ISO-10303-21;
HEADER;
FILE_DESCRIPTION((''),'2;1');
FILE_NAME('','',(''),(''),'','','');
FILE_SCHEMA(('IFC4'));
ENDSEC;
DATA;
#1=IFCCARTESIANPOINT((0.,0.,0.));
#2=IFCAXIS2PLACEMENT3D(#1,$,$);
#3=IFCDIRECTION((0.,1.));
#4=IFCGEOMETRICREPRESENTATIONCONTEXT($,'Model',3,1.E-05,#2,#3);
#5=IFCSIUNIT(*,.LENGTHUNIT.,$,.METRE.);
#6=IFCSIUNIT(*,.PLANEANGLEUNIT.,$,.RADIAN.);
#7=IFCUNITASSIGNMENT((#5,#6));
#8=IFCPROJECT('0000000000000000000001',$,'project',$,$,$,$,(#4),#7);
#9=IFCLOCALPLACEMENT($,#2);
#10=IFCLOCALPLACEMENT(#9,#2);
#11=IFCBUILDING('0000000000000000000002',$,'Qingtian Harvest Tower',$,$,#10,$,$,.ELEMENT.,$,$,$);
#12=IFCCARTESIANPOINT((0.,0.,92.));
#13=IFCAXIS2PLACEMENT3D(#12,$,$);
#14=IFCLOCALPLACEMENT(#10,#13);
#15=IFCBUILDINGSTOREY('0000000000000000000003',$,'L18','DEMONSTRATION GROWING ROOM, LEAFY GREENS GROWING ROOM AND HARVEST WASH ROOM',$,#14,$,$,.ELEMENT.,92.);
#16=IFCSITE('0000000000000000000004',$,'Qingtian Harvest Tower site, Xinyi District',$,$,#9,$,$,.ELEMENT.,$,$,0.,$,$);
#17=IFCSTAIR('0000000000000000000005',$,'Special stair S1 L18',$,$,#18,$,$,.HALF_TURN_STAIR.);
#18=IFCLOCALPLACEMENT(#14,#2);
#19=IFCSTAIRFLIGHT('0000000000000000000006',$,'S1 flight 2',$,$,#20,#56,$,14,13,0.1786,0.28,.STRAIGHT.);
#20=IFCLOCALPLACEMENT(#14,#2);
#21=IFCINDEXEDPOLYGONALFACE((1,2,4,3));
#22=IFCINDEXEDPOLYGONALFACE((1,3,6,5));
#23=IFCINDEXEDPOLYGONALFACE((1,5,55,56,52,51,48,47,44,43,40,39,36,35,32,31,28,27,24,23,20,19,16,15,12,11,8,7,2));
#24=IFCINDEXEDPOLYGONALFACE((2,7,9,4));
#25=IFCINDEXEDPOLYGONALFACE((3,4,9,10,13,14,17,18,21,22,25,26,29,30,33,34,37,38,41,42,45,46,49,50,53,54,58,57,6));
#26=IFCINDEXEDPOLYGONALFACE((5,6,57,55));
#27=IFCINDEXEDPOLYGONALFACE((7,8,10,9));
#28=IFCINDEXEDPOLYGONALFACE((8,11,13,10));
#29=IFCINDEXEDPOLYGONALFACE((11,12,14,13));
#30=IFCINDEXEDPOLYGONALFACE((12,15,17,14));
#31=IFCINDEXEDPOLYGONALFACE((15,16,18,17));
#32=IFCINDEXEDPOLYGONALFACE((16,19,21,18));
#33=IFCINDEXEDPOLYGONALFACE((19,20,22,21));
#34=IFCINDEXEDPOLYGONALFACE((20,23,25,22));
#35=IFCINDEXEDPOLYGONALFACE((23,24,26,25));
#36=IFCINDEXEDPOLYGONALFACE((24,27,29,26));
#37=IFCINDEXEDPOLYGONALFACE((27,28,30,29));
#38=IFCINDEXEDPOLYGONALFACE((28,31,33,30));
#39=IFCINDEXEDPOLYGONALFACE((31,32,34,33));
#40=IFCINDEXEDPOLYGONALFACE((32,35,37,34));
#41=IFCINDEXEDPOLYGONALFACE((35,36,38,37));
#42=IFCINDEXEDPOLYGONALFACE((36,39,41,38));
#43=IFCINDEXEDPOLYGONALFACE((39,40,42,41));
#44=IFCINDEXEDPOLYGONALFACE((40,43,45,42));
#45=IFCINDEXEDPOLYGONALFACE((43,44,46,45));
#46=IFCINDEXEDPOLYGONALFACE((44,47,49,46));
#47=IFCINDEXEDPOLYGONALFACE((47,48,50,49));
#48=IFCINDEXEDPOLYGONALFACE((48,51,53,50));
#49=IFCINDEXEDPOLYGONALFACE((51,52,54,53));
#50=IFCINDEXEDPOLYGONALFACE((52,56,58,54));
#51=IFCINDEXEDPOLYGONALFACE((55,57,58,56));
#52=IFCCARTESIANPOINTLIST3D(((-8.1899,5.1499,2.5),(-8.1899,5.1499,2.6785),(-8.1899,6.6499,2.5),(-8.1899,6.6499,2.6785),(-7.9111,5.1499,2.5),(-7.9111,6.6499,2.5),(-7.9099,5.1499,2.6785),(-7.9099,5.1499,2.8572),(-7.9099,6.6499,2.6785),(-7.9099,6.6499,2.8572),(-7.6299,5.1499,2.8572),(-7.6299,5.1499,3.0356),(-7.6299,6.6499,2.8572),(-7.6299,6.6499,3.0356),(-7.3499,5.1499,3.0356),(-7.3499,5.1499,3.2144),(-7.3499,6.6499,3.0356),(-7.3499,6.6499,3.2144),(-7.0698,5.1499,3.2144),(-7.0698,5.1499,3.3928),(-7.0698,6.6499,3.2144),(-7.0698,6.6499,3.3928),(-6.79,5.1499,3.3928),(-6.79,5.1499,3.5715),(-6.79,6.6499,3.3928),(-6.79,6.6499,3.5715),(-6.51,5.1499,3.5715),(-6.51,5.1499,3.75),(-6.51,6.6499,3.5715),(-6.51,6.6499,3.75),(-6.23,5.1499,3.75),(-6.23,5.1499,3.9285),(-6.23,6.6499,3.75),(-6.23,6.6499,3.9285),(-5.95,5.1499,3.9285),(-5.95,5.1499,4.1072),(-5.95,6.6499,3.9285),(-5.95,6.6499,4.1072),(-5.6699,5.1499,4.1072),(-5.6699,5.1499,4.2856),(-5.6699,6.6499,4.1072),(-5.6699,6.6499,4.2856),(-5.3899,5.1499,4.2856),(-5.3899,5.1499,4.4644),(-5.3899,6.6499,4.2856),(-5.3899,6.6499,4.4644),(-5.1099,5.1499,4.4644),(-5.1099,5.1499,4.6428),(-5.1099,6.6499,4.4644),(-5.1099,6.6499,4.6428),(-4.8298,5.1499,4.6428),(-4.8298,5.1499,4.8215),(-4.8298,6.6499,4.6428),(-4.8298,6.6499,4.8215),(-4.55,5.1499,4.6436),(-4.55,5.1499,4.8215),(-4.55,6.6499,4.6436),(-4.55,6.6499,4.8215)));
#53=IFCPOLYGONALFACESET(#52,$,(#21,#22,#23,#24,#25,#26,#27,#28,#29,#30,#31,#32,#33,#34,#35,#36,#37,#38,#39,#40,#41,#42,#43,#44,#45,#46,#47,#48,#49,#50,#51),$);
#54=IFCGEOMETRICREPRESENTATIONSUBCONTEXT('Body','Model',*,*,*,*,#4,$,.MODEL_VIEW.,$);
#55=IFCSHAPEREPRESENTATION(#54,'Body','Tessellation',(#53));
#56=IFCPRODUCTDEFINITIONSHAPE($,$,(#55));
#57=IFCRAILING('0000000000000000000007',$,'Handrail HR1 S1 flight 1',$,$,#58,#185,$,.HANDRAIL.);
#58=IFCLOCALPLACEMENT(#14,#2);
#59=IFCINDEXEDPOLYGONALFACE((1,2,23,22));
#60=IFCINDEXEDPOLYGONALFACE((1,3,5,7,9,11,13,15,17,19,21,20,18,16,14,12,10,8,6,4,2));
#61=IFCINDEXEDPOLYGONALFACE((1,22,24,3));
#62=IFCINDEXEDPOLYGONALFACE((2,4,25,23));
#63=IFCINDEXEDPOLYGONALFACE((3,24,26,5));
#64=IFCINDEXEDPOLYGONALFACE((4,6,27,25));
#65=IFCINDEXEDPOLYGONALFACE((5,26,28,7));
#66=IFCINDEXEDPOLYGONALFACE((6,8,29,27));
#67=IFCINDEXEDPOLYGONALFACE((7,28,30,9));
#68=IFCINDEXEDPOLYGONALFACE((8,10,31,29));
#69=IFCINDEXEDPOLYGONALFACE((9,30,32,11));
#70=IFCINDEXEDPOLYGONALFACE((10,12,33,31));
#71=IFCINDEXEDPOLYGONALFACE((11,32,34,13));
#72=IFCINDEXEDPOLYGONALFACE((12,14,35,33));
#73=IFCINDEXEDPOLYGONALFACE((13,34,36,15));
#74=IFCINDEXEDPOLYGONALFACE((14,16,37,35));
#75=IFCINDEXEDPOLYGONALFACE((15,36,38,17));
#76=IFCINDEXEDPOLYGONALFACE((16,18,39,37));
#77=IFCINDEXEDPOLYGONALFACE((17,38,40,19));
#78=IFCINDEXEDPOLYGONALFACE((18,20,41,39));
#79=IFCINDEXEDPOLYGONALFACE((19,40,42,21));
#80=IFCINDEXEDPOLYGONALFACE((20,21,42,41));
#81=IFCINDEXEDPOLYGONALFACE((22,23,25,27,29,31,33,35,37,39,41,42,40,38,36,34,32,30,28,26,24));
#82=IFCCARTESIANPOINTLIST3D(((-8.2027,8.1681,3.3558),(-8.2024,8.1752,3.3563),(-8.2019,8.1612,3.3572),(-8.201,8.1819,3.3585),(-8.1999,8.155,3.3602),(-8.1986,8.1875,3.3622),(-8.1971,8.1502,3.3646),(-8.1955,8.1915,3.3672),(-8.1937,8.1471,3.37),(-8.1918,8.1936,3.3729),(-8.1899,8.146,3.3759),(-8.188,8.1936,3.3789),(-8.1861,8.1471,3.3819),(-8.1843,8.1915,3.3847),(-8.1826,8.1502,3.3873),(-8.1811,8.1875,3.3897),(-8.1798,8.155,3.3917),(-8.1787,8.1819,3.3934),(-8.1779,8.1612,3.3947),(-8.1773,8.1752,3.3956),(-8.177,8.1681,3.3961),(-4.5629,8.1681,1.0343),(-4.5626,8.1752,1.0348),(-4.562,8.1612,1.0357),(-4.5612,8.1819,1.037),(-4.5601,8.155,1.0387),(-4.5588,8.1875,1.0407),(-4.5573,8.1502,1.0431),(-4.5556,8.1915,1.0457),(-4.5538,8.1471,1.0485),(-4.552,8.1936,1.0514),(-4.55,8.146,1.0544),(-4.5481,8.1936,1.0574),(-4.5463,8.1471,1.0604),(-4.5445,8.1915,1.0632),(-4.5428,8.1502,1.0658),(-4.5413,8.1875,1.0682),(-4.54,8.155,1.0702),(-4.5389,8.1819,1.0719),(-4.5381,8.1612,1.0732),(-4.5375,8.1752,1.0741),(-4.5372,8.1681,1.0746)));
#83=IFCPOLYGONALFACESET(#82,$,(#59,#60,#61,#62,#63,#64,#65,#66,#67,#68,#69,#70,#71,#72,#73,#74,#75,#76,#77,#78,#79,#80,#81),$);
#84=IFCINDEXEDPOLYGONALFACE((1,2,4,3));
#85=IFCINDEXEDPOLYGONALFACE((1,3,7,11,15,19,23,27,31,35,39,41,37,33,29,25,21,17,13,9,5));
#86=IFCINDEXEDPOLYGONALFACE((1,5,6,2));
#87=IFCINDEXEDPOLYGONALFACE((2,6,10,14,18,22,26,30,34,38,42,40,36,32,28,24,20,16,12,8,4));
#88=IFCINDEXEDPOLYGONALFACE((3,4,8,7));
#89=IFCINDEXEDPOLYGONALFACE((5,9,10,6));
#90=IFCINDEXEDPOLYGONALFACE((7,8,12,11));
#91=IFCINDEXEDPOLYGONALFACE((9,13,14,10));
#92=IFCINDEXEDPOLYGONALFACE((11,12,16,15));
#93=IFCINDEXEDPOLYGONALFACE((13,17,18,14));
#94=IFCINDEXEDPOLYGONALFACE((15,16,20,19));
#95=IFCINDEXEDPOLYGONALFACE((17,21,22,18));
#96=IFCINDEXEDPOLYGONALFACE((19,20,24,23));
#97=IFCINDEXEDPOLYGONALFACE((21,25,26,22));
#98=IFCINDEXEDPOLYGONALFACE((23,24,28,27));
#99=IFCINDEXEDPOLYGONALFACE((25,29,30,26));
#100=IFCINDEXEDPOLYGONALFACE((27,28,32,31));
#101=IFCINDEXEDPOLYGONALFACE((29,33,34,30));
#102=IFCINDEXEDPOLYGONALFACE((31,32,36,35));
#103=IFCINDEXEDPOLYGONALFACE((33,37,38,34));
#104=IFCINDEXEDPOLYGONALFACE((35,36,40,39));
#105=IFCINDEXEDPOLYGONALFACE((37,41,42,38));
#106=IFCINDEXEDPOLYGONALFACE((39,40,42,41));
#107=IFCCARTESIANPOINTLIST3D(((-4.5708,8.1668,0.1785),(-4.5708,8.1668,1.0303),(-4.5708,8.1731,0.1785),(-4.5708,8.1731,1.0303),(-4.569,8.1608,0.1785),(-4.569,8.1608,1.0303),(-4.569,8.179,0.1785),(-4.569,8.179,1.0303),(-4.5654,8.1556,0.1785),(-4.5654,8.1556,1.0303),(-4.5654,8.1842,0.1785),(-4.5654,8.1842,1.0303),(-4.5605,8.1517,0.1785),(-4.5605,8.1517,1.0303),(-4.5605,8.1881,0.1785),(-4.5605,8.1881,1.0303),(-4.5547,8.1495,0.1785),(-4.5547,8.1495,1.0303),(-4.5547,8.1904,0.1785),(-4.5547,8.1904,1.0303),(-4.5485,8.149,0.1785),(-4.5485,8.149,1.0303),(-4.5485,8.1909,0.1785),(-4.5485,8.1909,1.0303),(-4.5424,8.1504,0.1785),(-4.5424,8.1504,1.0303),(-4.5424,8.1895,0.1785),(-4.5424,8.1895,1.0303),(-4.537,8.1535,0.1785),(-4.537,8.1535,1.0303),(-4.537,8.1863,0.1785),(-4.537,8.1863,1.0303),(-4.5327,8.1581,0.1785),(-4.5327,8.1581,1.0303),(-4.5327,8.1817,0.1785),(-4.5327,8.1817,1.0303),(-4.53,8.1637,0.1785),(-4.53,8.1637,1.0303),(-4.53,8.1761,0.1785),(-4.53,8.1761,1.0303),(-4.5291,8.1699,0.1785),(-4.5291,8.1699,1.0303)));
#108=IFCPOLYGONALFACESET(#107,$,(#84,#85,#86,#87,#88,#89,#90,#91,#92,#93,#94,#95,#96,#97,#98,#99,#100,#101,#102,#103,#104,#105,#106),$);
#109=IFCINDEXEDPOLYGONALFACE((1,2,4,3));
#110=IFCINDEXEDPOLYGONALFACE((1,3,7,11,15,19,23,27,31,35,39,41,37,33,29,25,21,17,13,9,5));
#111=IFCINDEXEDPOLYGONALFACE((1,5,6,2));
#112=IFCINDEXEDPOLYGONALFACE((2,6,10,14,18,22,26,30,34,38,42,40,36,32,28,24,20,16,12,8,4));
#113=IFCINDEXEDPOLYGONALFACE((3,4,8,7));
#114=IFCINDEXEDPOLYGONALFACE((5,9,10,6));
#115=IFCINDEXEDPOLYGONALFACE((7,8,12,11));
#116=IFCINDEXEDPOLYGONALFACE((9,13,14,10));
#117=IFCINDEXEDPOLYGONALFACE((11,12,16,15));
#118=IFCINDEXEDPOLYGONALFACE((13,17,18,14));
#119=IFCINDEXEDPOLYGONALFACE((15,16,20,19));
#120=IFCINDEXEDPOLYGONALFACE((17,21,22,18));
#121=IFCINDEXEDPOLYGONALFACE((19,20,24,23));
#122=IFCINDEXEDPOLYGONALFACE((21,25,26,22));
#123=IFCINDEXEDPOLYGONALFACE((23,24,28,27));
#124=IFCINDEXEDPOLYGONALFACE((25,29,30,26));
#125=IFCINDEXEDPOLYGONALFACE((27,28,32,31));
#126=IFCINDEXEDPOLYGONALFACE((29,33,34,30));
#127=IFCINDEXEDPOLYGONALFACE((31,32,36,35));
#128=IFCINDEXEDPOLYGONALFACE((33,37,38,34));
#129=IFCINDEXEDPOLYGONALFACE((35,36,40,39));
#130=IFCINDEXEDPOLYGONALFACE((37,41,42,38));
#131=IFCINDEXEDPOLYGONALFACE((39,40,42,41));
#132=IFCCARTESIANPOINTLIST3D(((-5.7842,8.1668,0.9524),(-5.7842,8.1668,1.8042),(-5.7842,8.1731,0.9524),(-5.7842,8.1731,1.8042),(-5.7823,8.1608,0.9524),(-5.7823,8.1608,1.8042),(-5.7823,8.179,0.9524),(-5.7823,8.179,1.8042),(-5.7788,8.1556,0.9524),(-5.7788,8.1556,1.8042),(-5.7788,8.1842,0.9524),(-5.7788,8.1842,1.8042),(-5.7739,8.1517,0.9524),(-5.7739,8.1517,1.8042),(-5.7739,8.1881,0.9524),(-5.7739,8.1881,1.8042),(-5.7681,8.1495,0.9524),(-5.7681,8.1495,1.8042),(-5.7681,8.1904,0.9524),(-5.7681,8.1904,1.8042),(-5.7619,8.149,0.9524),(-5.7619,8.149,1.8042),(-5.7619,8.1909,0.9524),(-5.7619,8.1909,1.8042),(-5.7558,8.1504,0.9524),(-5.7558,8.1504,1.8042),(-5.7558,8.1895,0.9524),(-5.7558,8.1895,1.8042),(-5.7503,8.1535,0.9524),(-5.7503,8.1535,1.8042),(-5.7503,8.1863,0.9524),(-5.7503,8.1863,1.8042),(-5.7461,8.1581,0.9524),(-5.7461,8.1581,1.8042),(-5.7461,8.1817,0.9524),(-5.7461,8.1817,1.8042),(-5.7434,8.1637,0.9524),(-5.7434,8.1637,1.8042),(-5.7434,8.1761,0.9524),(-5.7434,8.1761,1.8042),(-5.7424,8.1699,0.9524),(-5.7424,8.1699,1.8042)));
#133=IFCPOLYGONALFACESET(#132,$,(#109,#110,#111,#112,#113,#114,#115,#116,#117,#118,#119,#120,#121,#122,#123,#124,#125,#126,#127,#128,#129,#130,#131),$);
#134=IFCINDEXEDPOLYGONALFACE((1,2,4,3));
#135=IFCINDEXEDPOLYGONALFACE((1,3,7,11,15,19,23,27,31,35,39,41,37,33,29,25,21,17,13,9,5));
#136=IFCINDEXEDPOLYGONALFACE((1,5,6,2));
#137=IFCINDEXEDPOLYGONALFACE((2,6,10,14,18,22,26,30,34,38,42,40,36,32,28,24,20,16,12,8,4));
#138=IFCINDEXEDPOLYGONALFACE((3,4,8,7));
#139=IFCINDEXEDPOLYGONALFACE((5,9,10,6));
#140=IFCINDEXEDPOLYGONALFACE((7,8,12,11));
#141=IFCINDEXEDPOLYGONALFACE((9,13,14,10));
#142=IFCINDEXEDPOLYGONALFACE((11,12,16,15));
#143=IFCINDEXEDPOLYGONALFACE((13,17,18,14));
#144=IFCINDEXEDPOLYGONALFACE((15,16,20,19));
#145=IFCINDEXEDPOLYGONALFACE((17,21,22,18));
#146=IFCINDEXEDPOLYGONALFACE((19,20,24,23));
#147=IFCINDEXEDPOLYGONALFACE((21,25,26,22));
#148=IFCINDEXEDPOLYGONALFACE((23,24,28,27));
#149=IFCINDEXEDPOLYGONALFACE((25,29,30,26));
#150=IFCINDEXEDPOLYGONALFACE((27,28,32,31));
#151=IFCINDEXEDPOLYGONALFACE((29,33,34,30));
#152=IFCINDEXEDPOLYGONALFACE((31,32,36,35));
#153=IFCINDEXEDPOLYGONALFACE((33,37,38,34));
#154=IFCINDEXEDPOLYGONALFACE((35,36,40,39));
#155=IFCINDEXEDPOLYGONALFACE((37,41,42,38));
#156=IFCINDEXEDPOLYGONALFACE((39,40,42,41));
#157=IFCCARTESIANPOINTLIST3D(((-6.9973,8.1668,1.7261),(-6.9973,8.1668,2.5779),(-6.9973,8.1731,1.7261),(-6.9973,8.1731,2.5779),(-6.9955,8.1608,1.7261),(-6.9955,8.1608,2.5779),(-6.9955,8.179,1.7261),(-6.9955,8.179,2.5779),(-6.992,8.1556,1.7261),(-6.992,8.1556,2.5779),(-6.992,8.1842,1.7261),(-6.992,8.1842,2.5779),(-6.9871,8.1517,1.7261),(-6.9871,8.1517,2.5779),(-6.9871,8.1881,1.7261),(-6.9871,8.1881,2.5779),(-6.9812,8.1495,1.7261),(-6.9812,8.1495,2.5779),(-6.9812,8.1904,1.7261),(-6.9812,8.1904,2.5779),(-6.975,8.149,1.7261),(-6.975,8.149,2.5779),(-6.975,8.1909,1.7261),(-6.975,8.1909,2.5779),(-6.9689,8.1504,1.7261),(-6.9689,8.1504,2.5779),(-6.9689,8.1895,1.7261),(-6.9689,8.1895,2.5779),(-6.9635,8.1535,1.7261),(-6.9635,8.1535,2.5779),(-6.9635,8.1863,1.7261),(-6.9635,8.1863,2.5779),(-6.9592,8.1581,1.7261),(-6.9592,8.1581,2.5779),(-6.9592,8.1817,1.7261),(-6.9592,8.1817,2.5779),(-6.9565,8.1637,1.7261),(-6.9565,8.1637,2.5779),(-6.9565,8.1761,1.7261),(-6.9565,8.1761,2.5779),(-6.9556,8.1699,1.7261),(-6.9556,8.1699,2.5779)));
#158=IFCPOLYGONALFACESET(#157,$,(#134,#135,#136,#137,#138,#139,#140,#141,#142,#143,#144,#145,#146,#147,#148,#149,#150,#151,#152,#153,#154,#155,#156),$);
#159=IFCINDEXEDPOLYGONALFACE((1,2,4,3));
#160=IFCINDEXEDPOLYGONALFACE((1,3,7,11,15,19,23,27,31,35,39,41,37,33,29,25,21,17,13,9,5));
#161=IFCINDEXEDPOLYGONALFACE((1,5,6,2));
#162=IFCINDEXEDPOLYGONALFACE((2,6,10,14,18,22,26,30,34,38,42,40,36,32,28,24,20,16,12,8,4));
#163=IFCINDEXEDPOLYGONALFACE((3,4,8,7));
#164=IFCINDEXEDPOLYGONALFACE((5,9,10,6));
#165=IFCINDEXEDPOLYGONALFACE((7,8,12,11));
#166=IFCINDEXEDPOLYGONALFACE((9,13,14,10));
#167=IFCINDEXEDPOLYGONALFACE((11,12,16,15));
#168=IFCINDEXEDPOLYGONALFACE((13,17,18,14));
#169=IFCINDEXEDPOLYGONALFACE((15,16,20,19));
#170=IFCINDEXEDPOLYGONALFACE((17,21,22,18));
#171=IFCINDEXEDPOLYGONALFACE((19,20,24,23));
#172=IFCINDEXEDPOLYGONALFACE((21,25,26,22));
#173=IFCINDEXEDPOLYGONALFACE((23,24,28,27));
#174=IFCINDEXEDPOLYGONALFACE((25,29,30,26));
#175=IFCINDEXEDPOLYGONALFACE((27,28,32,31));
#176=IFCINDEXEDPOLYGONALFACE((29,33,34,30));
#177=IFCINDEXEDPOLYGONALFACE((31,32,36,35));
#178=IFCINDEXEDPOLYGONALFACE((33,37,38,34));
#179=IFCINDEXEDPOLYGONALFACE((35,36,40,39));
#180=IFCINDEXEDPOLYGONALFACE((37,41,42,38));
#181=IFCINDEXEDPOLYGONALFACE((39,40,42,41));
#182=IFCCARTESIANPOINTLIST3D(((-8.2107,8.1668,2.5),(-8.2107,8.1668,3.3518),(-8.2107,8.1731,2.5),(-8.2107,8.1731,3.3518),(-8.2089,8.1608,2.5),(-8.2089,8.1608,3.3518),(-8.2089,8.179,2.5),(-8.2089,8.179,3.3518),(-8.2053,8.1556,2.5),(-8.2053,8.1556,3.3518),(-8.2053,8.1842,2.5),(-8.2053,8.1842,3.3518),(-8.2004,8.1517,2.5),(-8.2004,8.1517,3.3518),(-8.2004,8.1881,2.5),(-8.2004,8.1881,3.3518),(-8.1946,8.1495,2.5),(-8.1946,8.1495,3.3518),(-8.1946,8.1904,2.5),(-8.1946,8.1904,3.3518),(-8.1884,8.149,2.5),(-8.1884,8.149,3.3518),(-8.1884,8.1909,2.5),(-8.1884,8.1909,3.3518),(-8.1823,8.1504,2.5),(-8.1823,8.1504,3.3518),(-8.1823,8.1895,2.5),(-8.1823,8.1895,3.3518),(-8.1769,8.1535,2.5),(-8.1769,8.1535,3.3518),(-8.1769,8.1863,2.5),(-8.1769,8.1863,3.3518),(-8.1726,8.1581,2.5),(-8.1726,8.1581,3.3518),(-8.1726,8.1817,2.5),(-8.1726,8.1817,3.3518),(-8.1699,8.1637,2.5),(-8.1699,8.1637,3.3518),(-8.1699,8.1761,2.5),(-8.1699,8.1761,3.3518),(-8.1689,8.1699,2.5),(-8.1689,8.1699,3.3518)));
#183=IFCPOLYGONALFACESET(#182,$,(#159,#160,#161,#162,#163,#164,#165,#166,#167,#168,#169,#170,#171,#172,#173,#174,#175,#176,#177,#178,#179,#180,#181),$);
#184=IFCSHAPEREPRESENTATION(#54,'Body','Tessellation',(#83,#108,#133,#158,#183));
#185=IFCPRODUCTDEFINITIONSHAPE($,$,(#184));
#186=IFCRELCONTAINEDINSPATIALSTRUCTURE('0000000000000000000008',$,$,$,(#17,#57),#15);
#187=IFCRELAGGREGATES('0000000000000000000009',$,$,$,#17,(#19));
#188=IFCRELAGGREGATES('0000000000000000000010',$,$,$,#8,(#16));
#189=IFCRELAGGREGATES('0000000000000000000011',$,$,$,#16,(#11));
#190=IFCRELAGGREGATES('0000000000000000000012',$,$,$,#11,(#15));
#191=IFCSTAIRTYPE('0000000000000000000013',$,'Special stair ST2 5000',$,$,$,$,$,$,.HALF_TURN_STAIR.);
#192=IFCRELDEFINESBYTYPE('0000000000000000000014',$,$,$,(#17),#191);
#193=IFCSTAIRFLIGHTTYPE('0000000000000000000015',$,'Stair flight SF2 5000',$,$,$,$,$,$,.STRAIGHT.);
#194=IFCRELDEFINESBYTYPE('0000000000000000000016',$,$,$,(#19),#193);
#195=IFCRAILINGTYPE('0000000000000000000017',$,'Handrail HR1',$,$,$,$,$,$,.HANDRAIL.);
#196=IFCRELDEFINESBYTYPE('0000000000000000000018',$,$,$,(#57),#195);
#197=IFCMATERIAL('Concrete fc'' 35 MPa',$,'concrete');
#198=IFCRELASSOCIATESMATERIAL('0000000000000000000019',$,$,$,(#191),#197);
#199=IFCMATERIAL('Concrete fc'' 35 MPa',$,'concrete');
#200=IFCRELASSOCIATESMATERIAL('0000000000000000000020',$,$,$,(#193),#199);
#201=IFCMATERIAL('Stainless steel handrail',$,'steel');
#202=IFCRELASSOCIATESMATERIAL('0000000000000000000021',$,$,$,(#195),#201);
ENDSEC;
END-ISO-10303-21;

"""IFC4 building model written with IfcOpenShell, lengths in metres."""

from ifc_helpers import new_model, si_unit, direction, frame, origin, origin_2d, place, context, subcontext, project, spatial, polyline, circle, outline, extrude, material, type_object, element, aggregate, save


model = new_model("IFC4")

# Units and contexts
model_context = context("Model", 3, precision=1e-05, world=origin(), true_north=direction((0.0, 1.0)))
body_context = subcontext(model_context, "Body", "Model", "MODEL_VIEW")
ifc_project = project(units=[si_unit("LENGTHUNIT", "METRE"), si_unit("PLANEANGLEUNIT", "RADIAN")], contexts=[model_context])

# Site, building, storey
site_placement = place(None, origin())
site = spatial("IfcSite", under=ifc_project, at=site_placement, Name="Qingtian Harvest Tower site, Xinyi District", CompositionType="ELEMENT", RefElevation=0.0)
building_placement = place(site_placement, origin())
building = spatial("IfcBuilding", under=site, at=building_placement, Name="Qingtian Harvest Tower", CompositionType="ELEMENT")
storey_placement = place(building_placement, frame((0.0, 0.0, 92.0)))
storey = spatial("IfcBuildingStorey", under=building, at=storey_placement, Name="L18", Description="DEMONSTRATION GROWING ROOM, LEAFY GREENS GROWING ROOM AND HARVEST WASH ROOM", CompositionType="ELEMENT", Elevation=92.0)

# Stair, stair flight
ifc_material_1 = material(Name="Concrete fc' 35 MPa", Category="concrete")
stair_type = type_object("IfcStairType", Name="Special stair ST2 5000", PredefinedType="HALF_TURN_STAIR", material=ifc_material_1)
stair_placement = place(storey_placement, origin())
stair = element("IfcStair", 1, at=stair_placement, inside=storey, type_object=stair_type, Name="Special stair S1 L18", PredefinedType="HALF_TURN_STAIR")
ifc_material_2 = material(Name="Concrete fc' 35 MPa", Category="concrete")
stair_flight_type = type_object("IfcStairFlightType", Name="Stair flight SF2 5000", PredefinedType="STRAIGHT", material=ifc_material_2)
stair_flight_1_placement = place(storey_placement, frame((-8.1899, 5.8999, 2.5), z_axis=(0.0, 0.0, 1.0), x_axis=(1.0, 0.0, 0.0)))
stair_flight_1 = element("IfcStairFlight", 2, at=stair_flight_1_placement, type_object=stair_flight_type, Name="S1 flight 2", NumberOfRisers=14, NumberOfTreads=13, PredefinedType="STRAIGHT", RiserHeight=0.1786, TreadLength=0.28, context=body_context, shape_type="SweptSolid", body=[
    extrude(outline(polyline([(0.0, 0.0), (0.0, 0.1785), (0.28, 0.1785), (0.28, 0.3572), (0.5601, 0.3572), (0.5601, 0.5356), (0.8401, 0.5356), (0.8401, 0.7144), (1.1201, 0.7144), (1.1201, 0.8928), (1.3999, 0.8928), (1.3999, 1.0715), (1.6799, 1.0715), (1.6799, 1.25), (1.96, 1.25), (1.96, 1.4285), (2.24, 1.4285), (2.24, 1.6072), (2.52, 1.6072), (2.52, 1.7856), (2.8, 1.7856), (2.8, 1.9644), (3.0801, 1.9644), (3.0801, 2.1428), (3.3601, 2.1428), (3.3601, 2.3215), (3.6399, 2.3215), (3.6399, 2.5), (3.6399, 2.1436), (0.2788, 0.0), (0.0, 0.0)])), frame((0.0, 0.75, 0.0), z_axis=(0.0, -1.0, 0.0), x_axis=(1.0, 0.0, 0.0)), (0.0, 0.0, 1.0), 1.5),
])
aggregate(stair, [stair_flight_1])

# Railing
ifc_material_3 = material(Name="Stainless steel handrail", Category="steel")
railing_type = type_object("IfcRailingType", Name="Handrail HR1", PredefinedType="HANDRAIL", material=ifc_material_3)
railing_1_placement = place(storey_placement, frame((-4.55, 8.1699, 0.1785)))
element("IfcRailing", 3, at=railing_1_placement, inside=storey, type_object=railing_type, Name="Handrail HR1 S1 flight 1", PredefinedType="HANDRAIL", context=body_context, shape_type="SweptSolid", body=[
    extrude(circle(Radius=0.0239, at=origin_2d()), frame((0.0, 0.0, 0.876), z_axis=(-0.843112, 0.0, 0.537739), x_axis=(0.0, -1.0, 0.0)), (0.0, 0.0, 1.0), 4.3171),
    extrude(circle(Radius=0.021, at=origin_2d()), origin(), (0.0, 0.0, 1.0), 0.8518),
    extrude(circle(Radius=0.021, at=origin_2d()), frame((-1.2134, 0.0, 0.7739)), (0.0, 0.0, 1.0), 0.8518),
    extrude(circle(Radius=0.021, at=origin_2d()), frame((-2.4265, 0.0, 1.5476)), (0.0, 0.0, 1.0), 0.8518),
    extrude(circle(Radius=0.021, at=origin_2d()), frame((-3.6399, 0.0, 2.3215)), (0.0, 0.0, 1.0), 0.8518),
])

save(model, "model.ifc")
